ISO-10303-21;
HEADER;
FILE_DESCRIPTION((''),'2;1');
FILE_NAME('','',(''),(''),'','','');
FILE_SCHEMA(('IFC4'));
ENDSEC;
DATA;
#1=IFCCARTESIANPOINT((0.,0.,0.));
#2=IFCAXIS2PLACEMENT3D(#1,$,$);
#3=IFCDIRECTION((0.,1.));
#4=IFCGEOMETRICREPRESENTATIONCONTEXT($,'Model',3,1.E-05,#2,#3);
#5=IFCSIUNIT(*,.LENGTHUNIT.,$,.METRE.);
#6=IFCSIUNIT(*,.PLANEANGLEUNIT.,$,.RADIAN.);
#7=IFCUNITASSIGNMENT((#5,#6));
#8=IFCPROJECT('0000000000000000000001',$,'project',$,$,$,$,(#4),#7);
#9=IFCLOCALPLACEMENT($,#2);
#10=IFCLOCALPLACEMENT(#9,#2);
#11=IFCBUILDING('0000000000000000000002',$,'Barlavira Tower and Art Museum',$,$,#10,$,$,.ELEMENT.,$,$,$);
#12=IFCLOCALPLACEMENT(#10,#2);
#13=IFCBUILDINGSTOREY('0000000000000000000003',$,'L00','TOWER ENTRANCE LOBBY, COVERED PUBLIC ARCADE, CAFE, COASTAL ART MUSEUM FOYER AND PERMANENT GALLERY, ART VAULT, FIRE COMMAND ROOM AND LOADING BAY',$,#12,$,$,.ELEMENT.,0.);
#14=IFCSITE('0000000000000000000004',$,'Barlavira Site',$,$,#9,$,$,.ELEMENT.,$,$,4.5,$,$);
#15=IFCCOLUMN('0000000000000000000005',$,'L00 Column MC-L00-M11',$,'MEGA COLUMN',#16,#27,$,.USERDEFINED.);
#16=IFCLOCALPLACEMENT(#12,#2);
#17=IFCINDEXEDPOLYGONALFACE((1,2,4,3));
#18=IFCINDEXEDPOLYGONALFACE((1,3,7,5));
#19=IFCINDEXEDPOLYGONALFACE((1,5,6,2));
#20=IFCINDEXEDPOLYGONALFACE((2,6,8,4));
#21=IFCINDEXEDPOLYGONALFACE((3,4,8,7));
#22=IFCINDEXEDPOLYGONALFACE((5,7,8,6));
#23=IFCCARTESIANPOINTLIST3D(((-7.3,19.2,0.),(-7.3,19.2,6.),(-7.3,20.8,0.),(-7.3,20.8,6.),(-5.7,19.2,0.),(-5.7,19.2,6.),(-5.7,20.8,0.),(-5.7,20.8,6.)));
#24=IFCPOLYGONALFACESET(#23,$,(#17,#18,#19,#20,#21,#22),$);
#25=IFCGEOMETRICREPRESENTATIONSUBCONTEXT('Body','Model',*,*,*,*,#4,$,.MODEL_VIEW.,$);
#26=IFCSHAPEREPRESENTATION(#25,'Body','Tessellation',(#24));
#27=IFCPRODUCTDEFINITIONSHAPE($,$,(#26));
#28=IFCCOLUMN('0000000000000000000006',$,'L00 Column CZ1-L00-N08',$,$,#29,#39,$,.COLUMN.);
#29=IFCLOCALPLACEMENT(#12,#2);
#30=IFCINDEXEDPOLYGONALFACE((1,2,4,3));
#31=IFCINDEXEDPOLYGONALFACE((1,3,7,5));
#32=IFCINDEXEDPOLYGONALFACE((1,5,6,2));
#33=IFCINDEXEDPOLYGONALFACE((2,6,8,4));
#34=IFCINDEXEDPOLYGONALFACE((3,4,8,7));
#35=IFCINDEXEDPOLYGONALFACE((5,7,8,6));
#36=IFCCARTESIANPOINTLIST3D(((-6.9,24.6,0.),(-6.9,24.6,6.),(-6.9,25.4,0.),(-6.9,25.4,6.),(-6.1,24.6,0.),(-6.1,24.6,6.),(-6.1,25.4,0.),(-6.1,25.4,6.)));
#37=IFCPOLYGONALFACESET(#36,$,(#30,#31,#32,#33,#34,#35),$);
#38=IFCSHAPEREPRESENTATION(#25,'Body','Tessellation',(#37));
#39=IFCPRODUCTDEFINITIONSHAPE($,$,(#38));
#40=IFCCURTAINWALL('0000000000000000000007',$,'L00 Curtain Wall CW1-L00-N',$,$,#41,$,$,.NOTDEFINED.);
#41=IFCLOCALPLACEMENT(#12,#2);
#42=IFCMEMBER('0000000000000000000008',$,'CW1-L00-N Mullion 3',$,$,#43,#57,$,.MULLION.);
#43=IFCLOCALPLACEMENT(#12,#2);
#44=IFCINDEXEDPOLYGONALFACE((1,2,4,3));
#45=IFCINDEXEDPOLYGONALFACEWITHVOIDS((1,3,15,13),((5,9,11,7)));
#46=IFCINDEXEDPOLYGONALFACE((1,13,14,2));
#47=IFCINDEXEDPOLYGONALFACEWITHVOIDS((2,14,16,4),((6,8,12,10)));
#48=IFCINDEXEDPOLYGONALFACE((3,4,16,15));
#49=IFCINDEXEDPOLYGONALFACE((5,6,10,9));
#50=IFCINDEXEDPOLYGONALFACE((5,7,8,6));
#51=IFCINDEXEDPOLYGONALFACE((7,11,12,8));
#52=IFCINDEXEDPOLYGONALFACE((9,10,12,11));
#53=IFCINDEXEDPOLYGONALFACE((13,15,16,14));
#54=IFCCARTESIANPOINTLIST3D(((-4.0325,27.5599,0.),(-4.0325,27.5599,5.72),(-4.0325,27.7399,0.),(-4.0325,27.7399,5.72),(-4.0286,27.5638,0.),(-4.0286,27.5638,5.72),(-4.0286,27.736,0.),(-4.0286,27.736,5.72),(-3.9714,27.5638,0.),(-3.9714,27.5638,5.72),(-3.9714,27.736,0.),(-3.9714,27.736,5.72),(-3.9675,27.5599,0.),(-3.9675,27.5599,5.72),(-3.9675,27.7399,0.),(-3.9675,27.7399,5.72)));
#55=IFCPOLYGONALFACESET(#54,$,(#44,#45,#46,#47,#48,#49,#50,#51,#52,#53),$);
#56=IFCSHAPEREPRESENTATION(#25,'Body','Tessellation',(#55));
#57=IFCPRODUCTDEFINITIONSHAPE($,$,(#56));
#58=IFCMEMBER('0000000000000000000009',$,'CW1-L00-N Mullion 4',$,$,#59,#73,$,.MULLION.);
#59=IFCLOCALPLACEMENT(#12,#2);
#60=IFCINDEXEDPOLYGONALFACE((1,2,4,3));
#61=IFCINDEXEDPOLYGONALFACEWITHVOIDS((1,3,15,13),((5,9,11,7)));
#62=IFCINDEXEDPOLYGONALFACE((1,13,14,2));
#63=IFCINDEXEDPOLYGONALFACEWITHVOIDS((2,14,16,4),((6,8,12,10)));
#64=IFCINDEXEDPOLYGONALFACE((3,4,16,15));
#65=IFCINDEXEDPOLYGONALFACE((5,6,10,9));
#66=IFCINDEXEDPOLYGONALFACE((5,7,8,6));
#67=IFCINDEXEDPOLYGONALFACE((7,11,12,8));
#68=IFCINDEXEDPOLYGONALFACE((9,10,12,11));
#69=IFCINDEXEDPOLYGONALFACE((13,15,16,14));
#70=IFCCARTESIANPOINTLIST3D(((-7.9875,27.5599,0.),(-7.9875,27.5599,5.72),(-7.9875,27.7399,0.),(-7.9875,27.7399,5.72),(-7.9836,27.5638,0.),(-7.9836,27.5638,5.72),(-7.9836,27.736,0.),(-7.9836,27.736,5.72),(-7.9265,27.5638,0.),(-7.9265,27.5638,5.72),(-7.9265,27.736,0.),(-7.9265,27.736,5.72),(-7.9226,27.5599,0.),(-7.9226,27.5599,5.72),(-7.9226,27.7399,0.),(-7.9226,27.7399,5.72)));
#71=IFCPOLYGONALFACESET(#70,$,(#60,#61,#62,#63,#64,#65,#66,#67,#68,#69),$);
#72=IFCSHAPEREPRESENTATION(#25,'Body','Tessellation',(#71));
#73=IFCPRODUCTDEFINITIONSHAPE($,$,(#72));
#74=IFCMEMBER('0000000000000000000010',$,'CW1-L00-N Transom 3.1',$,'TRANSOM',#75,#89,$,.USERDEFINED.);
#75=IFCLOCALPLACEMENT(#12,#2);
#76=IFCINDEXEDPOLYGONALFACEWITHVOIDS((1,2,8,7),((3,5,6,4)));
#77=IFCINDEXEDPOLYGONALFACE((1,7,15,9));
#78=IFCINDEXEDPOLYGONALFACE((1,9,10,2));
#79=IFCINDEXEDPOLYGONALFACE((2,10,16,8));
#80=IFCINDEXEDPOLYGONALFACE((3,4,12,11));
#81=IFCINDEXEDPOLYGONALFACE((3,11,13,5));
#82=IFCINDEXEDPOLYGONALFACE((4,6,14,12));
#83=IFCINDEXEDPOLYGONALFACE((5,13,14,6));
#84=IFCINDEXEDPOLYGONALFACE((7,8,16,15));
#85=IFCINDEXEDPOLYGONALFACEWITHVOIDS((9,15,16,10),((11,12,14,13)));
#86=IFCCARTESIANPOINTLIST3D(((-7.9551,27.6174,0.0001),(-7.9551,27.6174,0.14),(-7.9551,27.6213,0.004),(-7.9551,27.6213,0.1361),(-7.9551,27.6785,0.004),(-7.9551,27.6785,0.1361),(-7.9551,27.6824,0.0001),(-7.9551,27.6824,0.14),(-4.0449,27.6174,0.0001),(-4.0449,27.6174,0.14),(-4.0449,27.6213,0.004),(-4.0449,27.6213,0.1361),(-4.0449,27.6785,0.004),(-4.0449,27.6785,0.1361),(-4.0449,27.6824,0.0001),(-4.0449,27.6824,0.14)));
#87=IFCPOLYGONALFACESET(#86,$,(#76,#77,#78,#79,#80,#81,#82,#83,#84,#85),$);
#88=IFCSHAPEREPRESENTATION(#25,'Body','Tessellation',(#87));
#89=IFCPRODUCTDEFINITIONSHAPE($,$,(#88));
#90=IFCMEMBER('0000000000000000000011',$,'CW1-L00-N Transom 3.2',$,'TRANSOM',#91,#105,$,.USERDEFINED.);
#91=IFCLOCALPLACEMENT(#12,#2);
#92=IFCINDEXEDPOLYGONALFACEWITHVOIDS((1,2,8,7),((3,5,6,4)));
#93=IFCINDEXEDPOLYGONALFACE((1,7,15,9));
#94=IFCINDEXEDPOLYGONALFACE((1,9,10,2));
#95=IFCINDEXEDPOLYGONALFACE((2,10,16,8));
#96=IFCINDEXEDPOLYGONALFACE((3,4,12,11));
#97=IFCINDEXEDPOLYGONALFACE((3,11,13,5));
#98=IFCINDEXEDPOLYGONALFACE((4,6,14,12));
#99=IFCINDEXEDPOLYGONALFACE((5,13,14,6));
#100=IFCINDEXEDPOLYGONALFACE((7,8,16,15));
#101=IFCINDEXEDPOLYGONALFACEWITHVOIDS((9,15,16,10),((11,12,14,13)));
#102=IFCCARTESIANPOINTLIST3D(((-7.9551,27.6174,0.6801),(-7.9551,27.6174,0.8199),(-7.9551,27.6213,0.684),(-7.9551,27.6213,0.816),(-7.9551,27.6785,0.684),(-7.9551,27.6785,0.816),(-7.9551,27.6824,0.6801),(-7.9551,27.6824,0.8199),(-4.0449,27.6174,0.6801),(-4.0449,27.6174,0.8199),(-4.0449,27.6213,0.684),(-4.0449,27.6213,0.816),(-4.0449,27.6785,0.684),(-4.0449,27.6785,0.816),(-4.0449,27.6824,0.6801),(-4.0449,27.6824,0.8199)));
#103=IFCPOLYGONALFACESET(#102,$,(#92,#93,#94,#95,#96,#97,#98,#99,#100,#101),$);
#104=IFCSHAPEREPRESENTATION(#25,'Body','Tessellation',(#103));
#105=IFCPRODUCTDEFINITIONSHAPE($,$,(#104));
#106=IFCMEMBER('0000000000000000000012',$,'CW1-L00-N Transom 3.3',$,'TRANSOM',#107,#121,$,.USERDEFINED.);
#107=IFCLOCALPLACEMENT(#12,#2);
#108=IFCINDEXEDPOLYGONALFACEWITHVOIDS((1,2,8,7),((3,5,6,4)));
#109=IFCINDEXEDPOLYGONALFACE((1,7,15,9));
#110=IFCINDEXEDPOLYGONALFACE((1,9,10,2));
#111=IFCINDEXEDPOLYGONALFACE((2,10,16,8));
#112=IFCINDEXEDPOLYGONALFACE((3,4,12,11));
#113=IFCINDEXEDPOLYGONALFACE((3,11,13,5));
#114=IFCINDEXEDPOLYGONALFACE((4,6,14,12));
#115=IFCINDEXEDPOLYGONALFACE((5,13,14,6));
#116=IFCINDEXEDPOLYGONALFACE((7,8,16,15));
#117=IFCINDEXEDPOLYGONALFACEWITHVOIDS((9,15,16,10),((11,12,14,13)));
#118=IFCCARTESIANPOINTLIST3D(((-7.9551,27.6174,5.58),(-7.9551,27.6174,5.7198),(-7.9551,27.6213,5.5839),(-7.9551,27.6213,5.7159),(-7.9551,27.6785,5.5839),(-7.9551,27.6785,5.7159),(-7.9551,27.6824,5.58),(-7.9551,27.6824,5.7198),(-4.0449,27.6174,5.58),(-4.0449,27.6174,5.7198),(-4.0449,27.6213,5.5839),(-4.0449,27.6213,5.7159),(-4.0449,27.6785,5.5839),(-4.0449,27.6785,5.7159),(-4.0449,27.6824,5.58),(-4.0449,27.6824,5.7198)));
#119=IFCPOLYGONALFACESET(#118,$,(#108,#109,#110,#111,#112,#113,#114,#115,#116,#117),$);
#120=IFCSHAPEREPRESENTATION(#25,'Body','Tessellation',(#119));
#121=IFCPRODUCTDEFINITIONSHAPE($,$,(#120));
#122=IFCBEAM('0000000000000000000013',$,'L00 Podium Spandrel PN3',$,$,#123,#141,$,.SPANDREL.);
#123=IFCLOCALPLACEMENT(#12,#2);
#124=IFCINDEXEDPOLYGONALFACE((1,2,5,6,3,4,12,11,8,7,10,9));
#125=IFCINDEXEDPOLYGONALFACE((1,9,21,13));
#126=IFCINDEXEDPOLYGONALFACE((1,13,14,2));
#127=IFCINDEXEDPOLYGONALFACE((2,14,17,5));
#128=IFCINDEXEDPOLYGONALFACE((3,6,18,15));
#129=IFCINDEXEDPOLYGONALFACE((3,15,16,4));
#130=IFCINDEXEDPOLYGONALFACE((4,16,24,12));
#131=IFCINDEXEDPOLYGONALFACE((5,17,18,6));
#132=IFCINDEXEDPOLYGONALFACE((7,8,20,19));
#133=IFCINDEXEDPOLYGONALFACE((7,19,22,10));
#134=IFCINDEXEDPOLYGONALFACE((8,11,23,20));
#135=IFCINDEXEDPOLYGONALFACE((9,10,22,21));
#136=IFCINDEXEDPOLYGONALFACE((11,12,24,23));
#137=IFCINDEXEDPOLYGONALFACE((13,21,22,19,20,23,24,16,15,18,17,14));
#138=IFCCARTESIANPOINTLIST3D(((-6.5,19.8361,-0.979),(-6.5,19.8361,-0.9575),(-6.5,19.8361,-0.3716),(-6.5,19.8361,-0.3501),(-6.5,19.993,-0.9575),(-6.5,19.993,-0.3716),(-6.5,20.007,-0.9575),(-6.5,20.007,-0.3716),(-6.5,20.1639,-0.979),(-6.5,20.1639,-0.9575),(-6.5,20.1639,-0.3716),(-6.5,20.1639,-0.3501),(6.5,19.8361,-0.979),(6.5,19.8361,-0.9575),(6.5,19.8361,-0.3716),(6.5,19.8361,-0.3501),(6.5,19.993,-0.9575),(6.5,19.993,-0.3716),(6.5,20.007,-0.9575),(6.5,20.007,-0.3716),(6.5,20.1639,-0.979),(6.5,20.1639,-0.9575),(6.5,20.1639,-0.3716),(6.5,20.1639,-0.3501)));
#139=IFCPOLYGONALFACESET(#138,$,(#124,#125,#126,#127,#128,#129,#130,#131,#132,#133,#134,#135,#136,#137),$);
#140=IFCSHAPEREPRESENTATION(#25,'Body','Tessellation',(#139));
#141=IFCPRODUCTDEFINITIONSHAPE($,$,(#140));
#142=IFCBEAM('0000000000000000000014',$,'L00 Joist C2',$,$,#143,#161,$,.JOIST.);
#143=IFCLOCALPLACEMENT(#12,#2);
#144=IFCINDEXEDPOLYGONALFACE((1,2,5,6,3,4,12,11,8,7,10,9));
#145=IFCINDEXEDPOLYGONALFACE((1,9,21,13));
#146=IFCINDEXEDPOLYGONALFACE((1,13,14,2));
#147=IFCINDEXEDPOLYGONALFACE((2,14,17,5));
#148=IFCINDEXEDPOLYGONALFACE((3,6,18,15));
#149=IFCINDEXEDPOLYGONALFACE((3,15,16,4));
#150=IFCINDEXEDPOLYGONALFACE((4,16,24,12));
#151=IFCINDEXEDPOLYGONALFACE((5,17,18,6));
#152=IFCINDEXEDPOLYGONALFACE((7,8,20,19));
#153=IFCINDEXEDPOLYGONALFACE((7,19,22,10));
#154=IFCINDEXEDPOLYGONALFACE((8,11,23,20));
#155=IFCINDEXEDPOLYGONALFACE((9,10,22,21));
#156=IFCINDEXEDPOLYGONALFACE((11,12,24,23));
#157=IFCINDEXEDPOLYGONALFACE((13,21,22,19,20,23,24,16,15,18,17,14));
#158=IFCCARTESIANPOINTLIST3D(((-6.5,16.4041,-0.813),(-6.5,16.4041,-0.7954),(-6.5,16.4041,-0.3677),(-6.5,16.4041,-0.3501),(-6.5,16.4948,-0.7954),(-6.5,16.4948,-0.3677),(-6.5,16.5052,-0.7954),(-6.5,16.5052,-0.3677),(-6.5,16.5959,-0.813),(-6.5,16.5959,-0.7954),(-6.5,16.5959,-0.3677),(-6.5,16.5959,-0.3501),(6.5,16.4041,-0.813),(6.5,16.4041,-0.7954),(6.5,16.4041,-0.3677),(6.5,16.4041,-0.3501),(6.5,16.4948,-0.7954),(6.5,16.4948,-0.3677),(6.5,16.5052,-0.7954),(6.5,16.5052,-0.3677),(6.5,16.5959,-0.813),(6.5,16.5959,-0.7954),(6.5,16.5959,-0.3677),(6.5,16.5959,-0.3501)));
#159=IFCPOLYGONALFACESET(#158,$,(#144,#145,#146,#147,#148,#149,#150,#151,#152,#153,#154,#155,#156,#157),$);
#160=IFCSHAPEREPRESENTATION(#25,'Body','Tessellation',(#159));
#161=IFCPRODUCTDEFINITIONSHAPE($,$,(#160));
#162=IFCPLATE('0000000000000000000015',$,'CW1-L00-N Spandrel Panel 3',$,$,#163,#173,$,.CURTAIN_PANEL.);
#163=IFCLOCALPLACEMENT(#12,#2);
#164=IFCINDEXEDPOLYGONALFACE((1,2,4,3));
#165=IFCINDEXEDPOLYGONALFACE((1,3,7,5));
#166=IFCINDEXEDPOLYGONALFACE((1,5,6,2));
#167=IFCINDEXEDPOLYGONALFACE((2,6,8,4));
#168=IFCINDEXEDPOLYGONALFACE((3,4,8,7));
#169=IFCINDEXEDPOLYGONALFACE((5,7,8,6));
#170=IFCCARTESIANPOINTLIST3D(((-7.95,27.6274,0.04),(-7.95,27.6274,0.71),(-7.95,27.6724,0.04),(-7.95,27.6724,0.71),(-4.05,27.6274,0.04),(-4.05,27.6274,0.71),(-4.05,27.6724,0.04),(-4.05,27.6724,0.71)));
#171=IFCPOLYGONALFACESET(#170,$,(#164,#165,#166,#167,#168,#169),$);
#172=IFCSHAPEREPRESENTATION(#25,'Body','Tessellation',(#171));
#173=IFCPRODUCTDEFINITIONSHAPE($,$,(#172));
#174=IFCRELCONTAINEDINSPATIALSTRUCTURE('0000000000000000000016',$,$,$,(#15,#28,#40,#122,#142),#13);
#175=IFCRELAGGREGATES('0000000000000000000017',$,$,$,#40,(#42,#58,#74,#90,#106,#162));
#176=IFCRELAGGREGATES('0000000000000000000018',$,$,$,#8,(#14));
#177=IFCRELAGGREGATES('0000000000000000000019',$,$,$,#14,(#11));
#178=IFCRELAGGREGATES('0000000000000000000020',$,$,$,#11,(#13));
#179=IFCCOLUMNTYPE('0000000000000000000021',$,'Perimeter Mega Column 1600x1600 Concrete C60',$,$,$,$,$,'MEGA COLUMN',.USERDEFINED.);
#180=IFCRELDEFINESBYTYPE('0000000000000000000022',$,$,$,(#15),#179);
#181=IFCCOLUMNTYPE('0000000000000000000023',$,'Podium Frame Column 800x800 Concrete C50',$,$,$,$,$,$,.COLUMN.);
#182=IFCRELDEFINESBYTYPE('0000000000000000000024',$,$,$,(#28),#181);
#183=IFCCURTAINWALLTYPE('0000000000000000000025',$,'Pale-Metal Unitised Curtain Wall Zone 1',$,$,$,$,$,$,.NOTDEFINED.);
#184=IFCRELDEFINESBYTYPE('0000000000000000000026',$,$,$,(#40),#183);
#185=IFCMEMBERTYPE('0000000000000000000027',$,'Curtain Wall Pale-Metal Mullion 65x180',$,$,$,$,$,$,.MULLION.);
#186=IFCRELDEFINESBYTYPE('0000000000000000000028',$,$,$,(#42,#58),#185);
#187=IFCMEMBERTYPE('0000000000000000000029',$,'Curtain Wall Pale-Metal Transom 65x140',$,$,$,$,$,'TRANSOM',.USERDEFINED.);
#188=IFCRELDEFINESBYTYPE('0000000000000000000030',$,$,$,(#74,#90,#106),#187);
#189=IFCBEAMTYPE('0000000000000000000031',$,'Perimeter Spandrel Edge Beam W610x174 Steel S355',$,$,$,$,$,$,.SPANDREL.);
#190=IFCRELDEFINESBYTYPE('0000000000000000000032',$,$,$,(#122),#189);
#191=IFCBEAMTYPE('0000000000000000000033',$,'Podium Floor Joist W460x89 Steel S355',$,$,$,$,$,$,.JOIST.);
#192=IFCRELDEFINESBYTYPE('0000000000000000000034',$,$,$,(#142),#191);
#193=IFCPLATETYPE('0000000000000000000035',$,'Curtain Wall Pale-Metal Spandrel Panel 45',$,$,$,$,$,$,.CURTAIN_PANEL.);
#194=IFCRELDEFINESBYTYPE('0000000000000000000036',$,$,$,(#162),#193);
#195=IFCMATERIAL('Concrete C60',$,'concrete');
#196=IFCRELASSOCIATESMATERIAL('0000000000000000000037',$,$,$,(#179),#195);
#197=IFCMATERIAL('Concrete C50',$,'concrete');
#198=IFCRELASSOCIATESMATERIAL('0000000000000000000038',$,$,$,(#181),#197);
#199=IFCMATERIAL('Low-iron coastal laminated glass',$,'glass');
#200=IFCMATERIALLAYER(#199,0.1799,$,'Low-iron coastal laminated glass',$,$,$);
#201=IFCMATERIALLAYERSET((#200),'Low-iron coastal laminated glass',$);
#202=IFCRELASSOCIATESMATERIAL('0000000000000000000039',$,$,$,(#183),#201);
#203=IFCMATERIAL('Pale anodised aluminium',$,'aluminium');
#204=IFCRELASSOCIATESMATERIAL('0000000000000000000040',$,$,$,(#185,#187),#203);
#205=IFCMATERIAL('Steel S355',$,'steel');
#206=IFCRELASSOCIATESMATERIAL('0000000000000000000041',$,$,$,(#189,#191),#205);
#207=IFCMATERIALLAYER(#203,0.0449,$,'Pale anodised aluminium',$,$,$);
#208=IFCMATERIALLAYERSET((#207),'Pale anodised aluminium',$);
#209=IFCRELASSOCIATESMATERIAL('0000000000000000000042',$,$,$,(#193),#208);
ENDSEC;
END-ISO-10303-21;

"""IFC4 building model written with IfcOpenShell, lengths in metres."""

from ifc_helpers import new_model, si_unit, direction, frame, origin, origin_2d, place, context, subcontext, project, spatial, rectangle, hollow_rectangle, i_section, extrude, material, layer, layer_set, material_profile, profile_set, type_object, element, aggregate, save


model = new_model("IFC4")

# Units and contexts
model_context = context("Model", 3, precision=1e-05, world=origin(), true_north=direction((0.0, 1.0)))
body_context = subcontext(model_context, "Body", "Model", "MODEL_VIEW")
ifc_project = project(units=[si_unit("LENGTHUNIT", "METRE"), si_unit("PLANEANGLEUNIT", "RADIAN")], contexts=[model_context])

# Site, building, storey
site_placement = place(None, origin())
site = spatial("IfcSite", under=ifc_project, at=site_placement, Name="Barlavira Site", CompositionType="ELEMENT", RefElevation=4.5)
building_placement = place(site_placement, origin())
building = spatial("IfcBuilding", under=site, at=building_placement, Name="Barlavira Tower and Art Museum", CompositionType="ELEMENT")
storey_placement = place(building_placement, origin())
storey = spatial("IfcBuildingStorey", under=building, at=storey_placement, Name="L00", Description="TOWER ENTRANCE LOBBY, COVERED PUBLIC ARCADE, CAFE, COASTAL ART MUSEUM FOYER AND PERMANENT GALLERY, ART VAULT, FIRE COMMAND ROOM AND LOADING BAY", CompositionType="ELEMENT", Elevation=0.0)

# Columns
ifc_material_1 = material(Name="Concrete C60", Category="concrete")
ifc_material_profile_1 = material_profile(ifc_material_1, rectangle(XDim=1.6001, YDim=1.6001, at=origin_2d()), Name="RC-MCOL 1600x1600")
ifc_profile_set_1 = profile_set([ifc_material_profile_1], Name="Concrete C60")
column_type_1 = type_object("IfcColumnType", Name="Perimeter Mega Column 1600x1600 Concrete C60", ElementType="MEGA COLUMN", PredefinedType="USERDEFINED", material=ifc_profile_set_1)
column_1_placement = place(storey_placement, frame((-6.5, 20.0, 0.0), z_axis=(0.0, 0.0, 1.0), x_axis=(1.0, 0.0, 0.0)))
element("IfcColumn", 1, at=column_1_placement, inside=storey, type_object=column_type_1, Name="L00 Column MC-L00-M11", ObjectType="MEGA COLUMN", PredefinedType="USERDEFINED", context=body_context, shape_type="SweptSolid", body=[
    extrude(rectangle(XDim=1.6001, YDim=1.6001, at=origin_2d()), origin(), (0.0, 0.0, 1.0), 6.0),
])
ifc_material_2 = material(Name="Concrete C50", Category="concrete")
ifc_material_profile_2 = material_profile(ifc_material_2, rectangle(XDim=0.8, YDim=0.8, at=origin_2d()), Name="RC-COL 800x800")
ifc_profile_set_2 = profile_set([ifc_material_profile_2], Name="Concrete C50")
column_type_2 = type_object("IfcColumnType", Name="Podium Frame Column 800x800 Concrete C50", PredefinedType="COLUMN", material=ifc_profile_set_2)
column_2_placement = place(storey_placement, frame((-6.5, 25.0, 0.0), z_axis=(0.0, 0.0, 1.0), x_axis=(1.0, 0.0, 0.0)))
element("IfcColumn", 2, at=column_2_placement, inside=storey, type_object=column_type_2, Name="L00 Column CZ1-L00-N08", PredefinedType="COLUMN", context=body_context, shape_type="SweptSolid", body=[
    extrude(rectangle(XDim=0.8, YDim=0.8, at=origin_2d()), origin(), (0.0, 0.0, 1.0), 6.0),
])

# Curtain wall, members
ifc_material_3 = material(Name="Low-iron coastal laminated glass", Category="glass")
ifc_layer_1 = layer(ifc_material_3, 0.1799, Name="Low-iron coastal laminated glass")
ifc_layer_set_1 = layer_set([ifc_layer_1], Name="Low-iron coastal laminated glass")
curtain_wall_type = type_object("IfcCurtainWallType", Name="Pale-Metal Unitised Curtain Wall Zone 1", PredefinedType="NOTDEFINED", material=ifc_layer_set_1)
curtain_wall_placement = place(storey_placement, origin())
curtain_wall = element("IfcCurtainWall", 3, at=curtain_wall_placement, inside=storey, type_object=curtain_wall_type, Name="L00 Curtain Wall CW1-L00-N", PredefinedType="NOTDEFINED")
ifc_material_4 = material(Name="Pale anodised aluminium", Category="aluminium")
ifc_material_profile_3 = material_profile(ifc_material_4, hollow_rectangle(XDim=0.0649, YDim=0.1799, WallThickness=0.0039, at=origin_2d()), Name="ALU-MULL 65x180x4")
ifc_profile_set_3 = profile_set([ifc_material_profile_3], Name="Pale anodised aluminium")
member_type_1 = type_object("IfcMemberType", Name="Curtain Wall Pale-Metal Mullion 65x180", PredefinedType="MULLION", material=ifc_profile_set_3)
member_1_placement = place(storey_placement, frame((-4.0, 27.6499, 0.0), z_axis=(0.0, 0.0, 1.0), x_axis=(-1.0, 0.0, 0.0)))
member_1 = element("IfcMember", 4, at=member_1_placement, type_object=member_type_1, Name="CW1-L00-N Mullion 3", PredefinedType="MULLION", context=body_context, shape_type="SweptSolid", body=[
    extrude(hollow_rectangle(XDim=0.0649, YDim=0.1799, WallThickness=0.0039, at=origin_2d()), origin(), (0.0, 0.0, 1.0), 5.72),
])
member_2_placement = place(storey_placement, frame((-7.9551, 27.6499, 0.0), z_axis=(0.0, 0.0, 1.0), x_axis=(-1.0, 0.0, 0.0)))
member_2 = element("IfcMember", 5, at=member_2_placement, type_object=member_type_1, Name="CW1-L00-N Mullion 4", PredefinedType="MULLION", context=body_context, shape_type="SweptSolid", body=[
    extrude(hollow_rectangle(XDim=0.0649, YDim=0.1799, WallThickness=0.0039, at=origin_2d()), origin(), (0.0, 0.0, 1.0), 5.72),
])
ifc_material_profile_4 = material_profile(ifc_material_4, hollow_rectangle(XDim=0.0649, YDim=0.1399, WallThickness=0.0039, at=origin_2d()), Name="ALU-TRAN 65x140x4")
ifc_profile_set_4 = profile_set([ifc_material_profile_4], Name="Pale anodised aluminium")
member_type_2 = type_object("IfcMemberType", Name="Curtain Wall Pale-Metal Transom 65x140", ElementType="TRANSOM", PredefinedType="USERDEFINED", material=ifc_profile_set_4)
member_3_placement = place(storey_placement, frame((-4.0449, 27.6499, 0.0701), z_axis=(-1.0, 0.0, 0.0), x_axis=(0.0, -1.0, 0.0)))
member_3 = element("IfcMember", 6, at=member_3_placement, type_object=member_type_2, Name="CW1-L00-N Transom 3.1", ObjectType="TRANSOM", PredefinedType="USERDEFINED", context=body_context, shape_type="SweptSolid", body=[
    extrude(hollow_rectangle(XDim=0.0649, YDim=0.1399, WallThickness=0.0039, at=origin_2d()), origin(), (0.0, 0.0, 1.0), 3.9102),
])
member_4_placement = place(storey_placement, frame((-4.0449, 27.6499, 0.75), z_axis=(-1.0, 0.0, 0.0), x_axis=(0.0, -1.0, 0.0)))
member_4 = element("IfcMember", 7, at=member_4_placement, type_object=member_type_2, Name="CW1-L00-N Transom 3.2", ObjectType="TRANSOM", PredefinedType="USERDEFINED", context=body_context, shape_type="SweptSolid", body=[
    extrude(hollow_rectangle(XDim=0.0649, YDim=0.1399, WallThickness=0.0039, at=origin_2d()), origin(), (0.0, 0.0, 1.0), 3.9102),
])
member_5_placement = place(storey_placement, frame((-4.0449, 27.6499, 5.6499), z_axis=(-1.0, 0.0, 0.0), x_axis=(0.0, -1.0, 0.0)))
member_5 = element("IfcMember", 8, at=member_5_placement, type_object=member_type_2, Name="CW1-L00-N Transom 3.3", ObjectType="TRANSOM", PredefinedType="USERDEFINED", context=body_context, shape_type="SweptSolid", body=[
    extrude(hollow_rectangle(XDim=0.0649, YDim=0.1399, WallThickness=0.0039, at=origin_2d()), origin(), (0.0, 0.0, 1.0), 3.9102),
])

# Beams
ifc_material_5 = material(Name="Steel S355", Category="steel")
ifc_material_profile_5 = material_profile(ifc_material_5, i_section(OverallWidth=0.3279, OverallDepth=0.6289, WebThickness=0.0139, FlangeThickness=0.0215, at=origin_2d()), Name="W610x174.0")
ifc_profile_set_5 = profile_set([ifc_material_profile_5], Name="Steel S355")
beam_type_1 = type_object("IfcBeamType", Name="Perimeter Spandrel Edge Beam W610x174 Steel S355", PredefinedType="SPANDREL", material=ifc_profile_set_5)
beam_1_placement = place(storey_placement, frame((-6.5, 20.0, -0.6646), z_axis=(1.0, 0.0, 0.0), x_axis=(0.0, 1.0, 0.0)))
element("IfcBeam", 9, at=beam_1_placement, inside=storey, type_object=beam_type_1, Name="L00 Podium Spandrel PN3", PredefinedType="SPANDREL", context=body_context, shape_type="SweptSolid", body=[
    extrude(i_section(OverallWidth=0.3279, OverallDepth=0.6289, WebThickness=0.0139, FlangeThickness=0.0215, at=origin_2d()), origin(), (0.0, 0.0, 1.0), 13.0),
])
ifc_material_profile_6 = material_profile(ifc_material_5, i_section(OverallWidth=0.1919, OverallDepth=0.4629, WebThickness=0.0105, FlangeThickness=0.0176, at=origin_2d()), Name="W460x89.0")
ifc_profile_set_6 = profile_set([ifc_material_profile_6], Name="Steel S355")
beam_type_2 = type_object("IfcBeamType", Name="Podium Floor Joist W460x89 Steel S355", PredefinedType="JOIST", material=ifc_profile_set_6)
beam_2_placement = place(storey_placement, frame((-6.5, 16.5, -0.5815), z_axis=(1.0, 0.0, 0.0), x_axis=(0.0, 1.0, 0.0)))
element("IfcBeam", 10, at=beam_2_placement, inside=storey, type_object=beam_type_2, Name="L00 Joist C2", PredefinedType="JOIST", context=body_context, shape_type="SweptSolid", body=[
    extrude(i_section(OverallWidth=0.1919, OverallDepth=0.4629, WebThickness=0.0105, FlangeThickness=0.0176, at=origin_2d()), origin(), (0.0, 0.0, 1.0), 13.0),
])

# Plate
ifc_layer_2 = layer(ifc_material_4, 0.0449, Name="Pale anodised aluminium")
ifc_layer_set_2 = layer_set([ifc_layer_2], Name="Pale anodised aluminium")
plate_type_1 = type_object("IfcPlateType", Name="Curtain Wall Pale-Metal Spandrel Panel 45", PredefinedType="CURTAIN_PANEL", material=ifc_layer_set_2)
plate_1_placement = place(storey_placement, frame((-6.0, 27.6499, 0.04), z_axis=(0.0, 0.0, 1.0), x_axis=(-1.0, 0.0, 0.0)))
plate_1 = element("IfcPlate", 11, at=plate_1_placement, type_object=plate_type_1, Name="CW1-L00-N Spandrel Panel 3", PredefinedType="CURTAIN_PANEL", context=body_context, shape_type="SweptSolid", body=[
    extrude(rectangle(XDim=3.8999, YDim=0.0449, at=origin_2d()), origin(), (0.0, 0.0, 1.0), 0.6699),
])
aggregate(curtain_wall, [member_1, member_2, member_3, member_4, member_5, plate_1])

save(model, "model.ifc")
